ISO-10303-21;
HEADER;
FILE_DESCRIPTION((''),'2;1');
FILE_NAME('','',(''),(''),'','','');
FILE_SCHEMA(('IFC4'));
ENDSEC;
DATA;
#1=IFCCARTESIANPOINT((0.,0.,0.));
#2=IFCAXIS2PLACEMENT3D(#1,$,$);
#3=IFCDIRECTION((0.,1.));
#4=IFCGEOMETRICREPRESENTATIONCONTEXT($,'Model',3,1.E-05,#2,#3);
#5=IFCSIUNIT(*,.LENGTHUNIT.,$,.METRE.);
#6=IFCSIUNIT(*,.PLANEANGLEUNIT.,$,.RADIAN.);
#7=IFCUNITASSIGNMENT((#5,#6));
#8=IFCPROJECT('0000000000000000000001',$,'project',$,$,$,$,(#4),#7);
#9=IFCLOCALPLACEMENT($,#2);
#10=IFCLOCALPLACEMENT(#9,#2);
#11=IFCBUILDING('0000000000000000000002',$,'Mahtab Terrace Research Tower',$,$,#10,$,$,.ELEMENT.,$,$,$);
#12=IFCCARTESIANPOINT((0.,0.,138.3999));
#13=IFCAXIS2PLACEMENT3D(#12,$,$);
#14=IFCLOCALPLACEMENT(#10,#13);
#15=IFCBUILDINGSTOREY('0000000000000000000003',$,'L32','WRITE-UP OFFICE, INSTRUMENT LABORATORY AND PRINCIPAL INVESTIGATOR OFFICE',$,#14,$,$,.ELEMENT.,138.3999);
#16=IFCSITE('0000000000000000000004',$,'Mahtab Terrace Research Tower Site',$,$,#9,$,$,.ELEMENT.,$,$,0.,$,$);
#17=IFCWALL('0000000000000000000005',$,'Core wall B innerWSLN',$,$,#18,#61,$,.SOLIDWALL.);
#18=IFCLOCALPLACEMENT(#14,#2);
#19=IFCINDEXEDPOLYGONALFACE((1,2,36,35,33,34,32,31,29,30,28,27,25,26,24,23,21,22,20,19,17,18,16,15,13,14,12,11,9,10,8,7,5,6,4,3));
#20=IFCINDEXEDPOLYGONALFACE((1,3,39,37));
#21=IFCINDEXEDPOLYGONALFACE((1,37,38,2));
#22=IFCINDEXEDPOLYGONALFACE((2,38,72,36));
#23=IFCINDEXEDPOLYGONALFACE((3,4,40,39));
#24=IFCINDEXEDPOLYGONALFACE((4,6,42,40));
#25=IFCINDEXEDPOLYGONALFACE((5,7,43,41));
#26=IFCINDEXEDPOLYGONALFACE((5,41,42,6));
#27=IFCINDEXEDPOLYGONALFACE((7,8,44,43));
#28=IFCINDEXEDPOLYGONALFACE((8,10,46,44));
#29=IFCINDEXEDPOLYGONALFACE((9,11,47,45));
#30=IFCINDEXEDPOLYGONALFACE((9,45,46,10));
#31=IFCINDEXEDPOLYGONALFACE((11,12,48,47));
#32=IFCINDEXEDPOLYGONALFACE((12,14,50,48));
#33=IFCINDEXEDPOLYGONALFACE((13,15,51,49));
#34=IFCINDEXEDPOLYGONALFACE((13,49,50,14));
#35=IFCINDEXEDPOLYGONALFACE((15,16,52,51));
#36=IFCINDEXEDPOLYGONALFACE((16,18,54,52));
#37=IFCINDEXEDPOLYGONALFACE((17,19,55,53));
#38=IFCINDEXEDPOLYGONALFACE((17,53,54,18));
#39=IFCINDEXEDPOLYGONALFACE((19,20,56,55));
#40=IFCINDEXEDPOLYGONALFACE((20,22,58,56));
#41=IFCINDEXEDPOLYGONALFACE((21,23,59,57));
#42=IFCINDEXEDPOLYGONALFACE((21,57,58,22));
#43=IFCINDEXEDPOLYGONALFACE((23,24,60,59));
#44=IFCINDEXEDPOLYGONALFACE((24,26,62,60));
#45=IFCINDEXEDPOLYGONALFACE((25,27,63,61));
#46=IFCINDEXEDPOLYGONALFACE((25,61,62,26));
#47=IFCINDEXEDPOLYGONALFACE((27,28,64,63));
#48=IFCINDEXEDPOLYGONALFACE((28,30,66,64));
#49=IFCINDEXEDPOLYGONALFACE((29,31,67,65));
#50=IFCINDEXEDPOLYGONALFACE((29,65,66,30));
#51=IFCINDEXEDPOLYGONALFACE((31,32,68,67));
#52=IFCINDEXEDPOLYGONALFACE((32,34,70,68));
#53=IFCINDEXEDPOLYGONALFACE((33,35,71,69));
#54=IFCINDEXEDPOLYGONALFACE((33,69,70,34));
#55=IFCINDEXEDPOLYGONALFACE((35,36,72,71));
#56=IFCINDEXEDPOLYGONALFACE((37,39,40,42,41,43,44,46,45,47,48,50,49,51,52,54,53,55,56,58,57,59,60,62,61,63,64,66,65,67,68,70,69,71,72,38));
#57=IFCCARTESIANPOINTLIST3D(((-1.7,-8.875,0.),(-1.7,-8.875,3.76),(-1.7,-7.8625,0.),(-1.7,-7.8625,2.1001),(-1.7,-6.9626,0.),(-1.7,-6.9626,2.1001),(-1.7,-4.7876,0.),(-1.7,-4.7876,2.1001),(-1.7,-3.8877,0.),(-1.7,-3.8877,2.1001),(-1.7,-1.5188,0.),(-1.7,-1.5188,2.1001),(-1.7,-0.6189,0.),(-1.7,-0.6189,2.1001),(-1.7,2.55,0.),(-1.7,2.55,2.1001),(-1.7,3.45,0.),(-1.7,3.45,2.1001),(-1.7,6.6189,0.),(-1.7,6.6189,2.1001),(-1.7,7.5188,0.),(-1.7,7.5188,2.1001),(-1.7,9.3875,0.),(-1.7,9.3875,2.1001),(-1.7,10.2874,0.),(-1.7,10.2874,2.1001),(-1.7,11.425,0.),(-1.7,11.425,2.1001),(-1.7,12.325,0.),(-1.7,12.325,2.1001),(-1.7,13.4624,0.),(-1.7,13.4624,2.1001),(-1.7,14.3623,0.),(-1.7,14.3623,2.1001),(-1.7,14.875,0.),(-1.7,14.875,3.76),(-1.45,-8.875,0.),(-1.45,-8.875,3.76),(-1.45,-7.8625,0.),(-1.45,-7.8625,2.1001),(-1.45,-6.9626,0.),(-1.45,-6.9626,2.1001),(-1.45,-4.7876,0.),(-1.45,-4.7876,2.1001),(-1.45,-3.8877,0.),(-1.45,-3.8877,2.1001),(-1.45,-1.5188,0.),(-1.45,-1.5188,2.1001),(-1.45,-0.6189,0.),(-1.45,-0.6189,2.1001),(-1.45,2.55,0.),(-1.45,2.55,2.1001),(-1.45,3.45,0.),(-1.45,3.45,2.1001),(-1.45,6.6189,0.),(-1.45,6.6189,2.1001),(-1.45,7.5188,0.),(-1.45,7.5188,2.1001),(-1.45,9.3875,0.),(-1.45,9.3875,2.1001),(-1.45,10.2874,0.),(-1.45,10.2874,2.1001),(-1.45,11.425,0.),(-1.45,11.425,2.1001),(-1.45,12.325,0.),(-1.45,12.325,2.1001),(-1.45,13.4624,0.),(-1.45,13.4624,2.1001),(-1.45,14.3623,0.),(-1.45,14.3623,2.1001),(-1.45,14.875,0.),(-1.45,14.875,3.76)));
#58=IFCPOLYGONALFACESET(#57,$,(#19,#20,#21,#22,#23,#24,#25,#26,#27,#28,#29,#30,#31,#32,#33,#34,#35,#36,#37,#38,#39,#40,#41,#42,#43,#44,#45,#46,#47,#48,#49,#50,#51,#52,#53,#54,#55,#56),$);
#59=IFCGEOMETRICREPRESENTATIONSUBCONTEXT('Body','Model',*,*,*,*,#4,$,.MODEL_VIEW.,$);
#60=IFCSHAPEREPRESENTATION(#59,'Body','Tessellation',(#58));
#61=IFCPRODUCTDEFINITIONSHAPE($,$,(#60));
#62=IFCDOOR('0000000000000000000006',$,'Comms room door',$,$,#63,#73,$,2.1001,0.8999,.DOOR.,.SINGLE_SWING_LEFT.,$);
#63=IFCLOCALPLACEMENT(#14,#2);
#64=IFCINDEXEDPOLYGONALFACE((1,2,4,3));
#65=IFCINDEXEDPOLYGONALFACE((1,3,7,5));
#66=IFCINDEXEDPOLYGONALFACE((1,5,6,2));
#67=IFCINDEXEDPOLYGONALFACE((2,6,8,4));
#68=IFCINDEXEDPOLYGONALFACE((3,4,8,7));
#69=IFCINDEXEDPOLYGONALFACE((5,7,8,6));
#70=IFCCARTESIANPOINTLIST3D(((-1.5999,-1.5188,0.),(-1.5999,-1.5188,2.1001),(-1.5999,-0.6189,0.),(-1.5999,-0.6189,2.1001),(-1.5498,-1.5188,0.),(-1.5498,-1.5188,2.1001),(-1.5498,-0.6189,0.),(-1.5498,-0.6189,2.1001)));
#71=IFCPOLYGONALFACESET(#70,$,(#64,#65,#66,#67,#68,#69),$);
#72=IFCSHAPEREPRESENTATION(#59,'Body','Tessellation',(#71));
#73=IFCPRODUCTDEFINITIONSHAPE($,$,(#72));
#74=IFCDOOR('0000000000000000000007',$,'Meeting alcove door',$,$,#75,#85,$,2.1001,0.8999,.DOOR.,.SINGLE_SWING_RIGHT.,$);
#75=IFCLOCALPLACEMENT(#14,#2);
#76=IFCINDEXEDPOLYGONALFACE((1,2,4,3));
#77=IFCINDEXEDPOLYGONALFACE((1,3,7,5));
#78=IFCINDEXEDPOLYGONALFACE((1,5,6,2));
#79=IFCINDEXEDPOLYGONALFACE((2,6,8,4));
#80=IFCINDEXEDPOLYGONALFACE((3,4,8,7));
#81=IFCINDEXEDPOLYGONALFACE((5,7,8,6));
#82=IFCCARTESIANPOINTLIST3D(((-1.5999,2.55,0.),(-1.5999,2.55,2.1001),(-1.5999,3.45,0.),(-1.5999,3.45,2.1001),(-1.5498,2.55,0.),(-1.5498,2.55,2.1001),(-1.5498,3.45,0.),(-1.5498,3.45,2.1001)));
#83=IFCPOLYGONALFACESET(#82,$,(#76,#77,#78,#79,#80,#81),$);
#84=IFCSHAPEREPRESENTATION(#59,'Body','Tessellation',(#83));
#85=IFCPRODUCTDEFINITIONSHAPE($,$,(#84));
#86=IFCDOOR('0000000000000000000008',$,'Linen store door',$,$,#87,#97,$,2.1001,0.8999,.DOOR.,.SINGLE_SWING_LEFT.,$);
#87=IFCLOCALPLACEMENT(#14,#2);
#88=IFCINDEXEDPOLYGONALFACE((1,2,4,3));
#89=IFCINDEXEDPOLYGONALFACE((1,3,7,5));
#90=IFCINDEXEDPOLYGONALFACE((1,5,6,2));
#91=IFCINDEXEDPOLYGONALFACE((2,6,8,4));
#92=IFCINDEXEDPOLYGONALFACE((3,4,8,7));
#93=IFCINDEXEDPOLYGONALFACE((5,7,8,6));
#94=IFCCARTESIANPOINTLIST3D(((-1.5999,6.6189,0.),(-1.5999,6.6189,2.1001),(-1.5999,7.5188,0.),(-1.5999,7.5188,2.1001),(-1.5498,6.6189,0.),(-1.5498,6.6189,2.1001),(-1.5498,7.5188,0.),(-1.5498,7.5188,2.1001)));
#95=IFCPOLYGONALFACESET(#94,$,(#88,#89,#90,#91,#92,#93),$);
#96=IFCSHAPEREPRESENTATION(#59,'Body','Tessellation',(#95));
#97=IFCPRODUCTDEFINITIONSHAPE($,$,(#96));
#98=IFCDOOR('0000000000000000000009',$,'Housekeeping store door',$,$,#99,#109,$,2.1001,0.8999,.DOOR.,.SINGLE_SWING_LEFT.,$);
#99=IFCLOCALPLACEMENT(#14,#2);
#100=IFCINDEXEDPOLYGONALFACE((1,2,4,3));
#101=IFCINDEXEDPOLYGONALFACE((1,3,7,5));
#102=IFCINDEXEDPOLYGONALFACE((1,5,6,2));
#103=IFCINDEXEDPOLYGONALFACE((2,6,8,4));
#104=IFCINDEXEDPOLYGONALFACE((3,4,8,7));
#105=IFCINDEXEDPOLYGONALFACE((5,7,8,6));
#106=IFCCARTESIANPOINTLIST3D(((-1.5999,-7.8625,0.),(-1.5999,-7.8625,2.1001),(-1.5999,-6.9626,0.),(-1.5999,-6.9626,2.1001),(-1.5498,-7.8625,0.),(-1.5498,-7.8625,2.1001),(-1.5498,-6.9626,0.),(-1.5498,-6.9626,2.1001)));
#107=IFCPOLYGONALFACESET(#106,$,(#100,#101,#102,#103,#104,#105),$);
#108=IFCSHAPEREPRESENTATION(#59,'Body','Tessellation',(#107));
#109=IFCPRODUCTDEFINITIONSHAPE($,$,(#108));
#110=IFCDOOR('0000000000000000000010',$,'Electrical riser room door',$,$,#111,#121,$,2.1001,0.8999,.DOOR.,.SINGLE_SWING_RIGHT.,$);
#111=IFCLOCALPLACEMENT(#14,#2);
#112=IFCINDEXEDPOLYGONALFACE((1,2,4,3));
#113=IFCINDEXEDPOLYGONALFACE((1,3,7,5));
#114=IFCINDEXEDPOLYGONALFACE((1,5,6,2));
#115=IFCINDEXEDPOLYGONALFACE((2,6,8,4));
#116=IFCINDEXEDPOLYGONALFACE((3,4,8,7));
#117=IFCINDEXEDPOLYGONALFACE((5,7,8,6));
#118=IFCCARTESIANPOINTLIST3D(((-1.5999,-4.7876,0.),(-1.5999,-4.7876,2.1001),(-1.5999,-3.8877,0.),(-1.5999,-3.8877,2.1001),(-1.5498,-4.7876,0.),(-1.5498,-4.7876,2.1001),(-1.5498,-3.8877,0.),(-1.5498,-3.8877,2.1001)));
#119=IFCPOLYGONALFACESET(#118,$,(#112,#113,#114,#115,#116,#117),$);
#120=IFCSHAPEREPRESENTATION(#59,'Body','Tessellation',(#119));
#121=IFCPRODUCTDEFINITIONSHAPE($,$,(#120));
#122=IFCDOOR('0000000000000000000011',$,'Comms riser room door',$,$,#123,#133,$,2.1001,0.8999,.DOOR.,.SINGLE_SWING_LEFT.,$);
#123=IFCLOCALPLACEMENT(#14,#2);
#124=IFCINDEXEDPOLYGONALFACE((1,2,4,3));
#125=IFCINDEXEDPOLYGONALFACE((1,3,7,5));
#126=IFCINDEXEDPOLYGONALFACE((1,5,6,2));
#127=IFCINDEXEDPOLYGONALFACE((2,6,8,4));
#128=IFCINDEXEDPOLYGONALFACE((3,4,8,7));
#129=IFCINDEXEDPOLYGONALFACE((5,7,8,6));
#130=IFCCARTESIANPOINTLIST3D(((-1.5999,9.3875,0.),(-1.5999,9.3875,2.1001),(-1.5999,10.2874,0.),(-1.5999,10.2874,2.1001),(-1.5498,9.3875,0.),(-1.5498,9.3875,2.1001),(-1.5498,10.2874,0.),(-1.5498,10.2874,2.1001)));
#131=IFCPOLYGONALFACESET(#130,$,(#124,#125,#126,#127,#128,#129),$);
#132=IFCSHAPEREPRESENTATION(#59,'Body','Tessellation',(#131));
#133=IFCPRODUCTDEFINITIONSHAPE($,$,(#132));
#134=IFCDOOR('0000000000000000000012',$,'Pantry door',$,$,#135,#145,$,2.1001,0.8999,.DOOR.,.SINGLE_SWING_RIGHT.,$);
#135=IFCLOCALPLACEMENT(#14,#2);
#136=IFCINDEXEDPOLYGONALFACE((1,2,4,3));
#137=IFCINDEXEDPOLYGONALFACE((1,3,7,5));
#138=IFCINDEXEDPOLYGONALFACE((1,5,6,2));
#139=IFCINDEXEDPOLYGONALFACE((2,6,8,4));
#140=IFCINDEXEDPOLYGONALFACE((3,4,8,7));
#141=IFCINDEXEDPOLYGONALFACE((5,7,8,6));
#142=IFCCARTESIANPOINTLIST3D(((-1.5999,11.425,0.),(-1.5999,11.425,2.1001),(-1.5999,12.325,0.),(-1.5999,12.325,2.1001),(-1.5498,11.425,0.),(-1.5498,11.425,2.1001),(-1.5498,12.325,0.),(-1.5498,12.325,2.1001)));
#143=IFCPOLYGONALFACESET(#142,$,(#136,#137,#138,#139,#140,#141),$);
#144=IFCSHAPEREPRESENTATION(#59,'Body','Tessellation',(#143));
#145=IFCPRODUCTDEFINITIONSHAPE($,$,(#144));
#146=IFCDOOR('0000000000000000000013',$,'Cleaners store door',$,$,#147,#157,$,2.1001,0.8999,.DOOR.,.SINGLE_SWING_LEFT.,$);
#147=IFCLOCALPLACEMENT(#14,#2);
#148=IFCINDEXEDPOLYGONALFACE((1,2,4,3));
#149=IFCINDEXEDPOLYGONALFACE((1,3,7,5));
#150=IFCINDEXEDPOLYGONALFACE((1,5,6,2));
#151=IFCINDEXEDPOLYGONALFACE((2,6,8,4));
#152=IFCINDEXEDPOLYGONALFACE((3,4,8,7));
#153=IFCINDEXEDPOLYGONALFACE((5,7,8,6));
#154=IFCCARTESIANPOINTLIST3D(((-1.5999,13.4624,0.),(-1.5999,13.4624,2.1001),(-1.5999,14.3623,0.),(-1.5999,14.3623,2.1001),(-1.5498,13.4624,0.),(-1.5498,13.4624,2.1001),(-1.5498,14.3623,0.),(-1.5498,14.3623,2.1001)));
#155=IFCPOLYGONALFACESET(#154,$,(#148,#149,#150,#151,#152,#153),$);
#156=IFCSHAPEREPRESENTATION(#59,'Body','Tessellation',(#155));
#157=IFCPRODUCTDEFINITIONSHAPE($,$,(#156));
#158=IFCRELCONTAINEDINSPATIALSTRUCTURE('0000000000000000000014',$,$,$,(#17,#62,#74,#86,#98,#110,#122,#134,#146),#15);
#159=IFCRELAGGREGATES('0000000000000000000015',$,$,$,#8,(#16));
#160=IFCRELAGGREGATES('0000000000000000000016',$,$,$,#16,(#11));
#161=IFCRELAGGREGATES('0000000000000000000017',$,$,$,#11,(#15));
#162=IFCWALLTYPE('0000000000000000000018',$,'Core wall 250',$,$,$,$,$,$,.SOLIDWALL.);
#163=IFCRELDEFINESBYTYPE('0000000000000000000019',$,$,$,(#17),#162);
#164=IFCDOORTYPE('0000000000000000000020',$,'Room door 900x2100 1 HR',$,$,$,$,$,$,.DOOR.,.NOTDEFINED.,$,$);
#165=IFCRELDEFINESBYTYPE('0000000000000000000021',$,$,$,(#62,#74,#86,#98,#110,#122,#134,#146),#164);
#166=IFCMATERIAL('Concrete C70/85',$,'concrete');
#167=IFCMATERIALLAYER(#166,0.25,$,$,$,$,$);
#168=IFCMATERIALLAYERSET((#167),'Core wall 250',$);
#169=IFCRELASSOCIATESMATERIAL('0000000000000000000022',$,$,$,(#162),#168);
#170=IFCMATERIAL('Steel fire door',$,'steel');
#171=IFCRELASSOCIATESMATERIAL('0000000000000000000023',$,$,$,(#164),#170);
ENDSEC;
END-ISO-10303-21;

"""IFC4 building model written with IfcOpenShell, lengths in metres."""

from ifc_helpers import new_model, si_unit, direction, frame, frame_2d, origin, place, context, subcontext, project, spatial, rectangle, extrude, material, layer, layer_set, type_object, element, fill, save


model = new_model("IFC4")

# Units and contexts
model_context = context("Model", 3, precision=1e-05, world=origin(), true_north=direction((0.0, 1.0)))
body_context = subcontext(model_context, "Body", "Model", "MODEL_VIEW")
ifc_project = project(units=[si_unit("LENGTHUNIT", "METRE"), si_unit("PLANEANGLEUNIT", "RADIAN")], contexts=[model_context])

# Site, building, storey
site_placement = place(None, origin())
site = spatial("IfcSite", under=ifc_project, at=site_placement, Name="Mahtab Terrace Research Tower Site", CompositionType="ELEMENT", RefElevation=0.0)
building_placement = place(site_placement, origin())
building = spatial("IfcBuilding", under=site, at=building_placement, Name="Mahtab Terrace Research Tower", CompositionType="ELEMENT")
storey_placement = place(building_placement, frame((0.0, 0.0, 138.3999)))
storey = spatial("IfcBuildingStorey", under=building, at=storey_placement, Name="L32", Description="WRITE-UP OFFICE, INSTRUMENT LABORATORY AND PRINCIPAL INVESTIGATOR OFFICE", CompositionType="ELEMENT", Elevation=138.3999)

# Shared definitions
ifc_material_1 = material(Name="Concrete C70/85", Category="concrete")

# Wall, openings, doors
ifc_layer_1 = layer(ifc_material_1, 0.25)
ifc_layer_set_1 = layer_set([ifc_layer_1], Name="Core wall 250")
wall_type_1 = type_object("IfcWallType", Name="Core wall 250", PredefinedType="SOLIDWALL", material=ifc_layer_set_1)
wall_1_placement = place(storey_placement, frame((-1.575, -8.875, 0.0), z_axis=(0.0, 0.0, 1.0), x_axis=(0.0, 1.0, 0.0)))
wall_1 = element("IfcWall", 1, at=wall_1_placement, inside=storey, type_object=wall_type_1, Name="Core wall B innerWSLN", PredefinedType="SOLIDWALL", context=body_context, shape_type="SweptSolid", body=[
    extrude(rectangle(XDim=23.75, YDim=0.25, at=frame_2d((11.875, 0.0))), origin(), (0.0, 0.0, 1.0), 3.76),
])
opening_1_placement = place(wall_1_placement, frame((7.3562, 0.0, 0.0)))
opening_1 = element("IfcOpeningElement", 2, at=opening_1_placement, cuts=wall_1, PredefinedType="OPENING", context=body_context, shape_type="SweptSolid", body=[
    extrude(rectangle(XDim=0.8999, YDim=2.1001, at=frame_2d((0.45, 1.05))), frame((0.0, 0.135, 0.0), z_axis=(0.0, -1.0, 0.0), x_axis=(1.0, 0.0, 0.0)), (0.0, 0.0, 1.0), 0.27),
])
opening_2_placement = place(wall_1_placement, frame((11.425, 0.0, 0.0)))
opening_2 = element("IfcOpeningElement", 3, at=opening_2_placement, cuts=wall_1, PredefinedType="OPENING", context=body_context, shape_type="SweptSolid", body=[
    extrude(rectangle(XDim=0.8999, YDim=2.1001, at=frame_2d((0.45, 1.05))), frame((0.0, 0.135, 0.0), z_axis=(0.0, -1.0, 0.0), x_axis=(1.0, 0.0, 0.0)), (0.0, 0.0, 1.0), 0.27),
])
opening_3_placement = place(wall_1_placement, frame((15.4939, 0.0, 0.0)))
opening_3 = element("IfcOpeningElement", 4, at=opening_3_placement, cuts=wall_1, PredefinedType="OPENING", context=body_context, shape_type="SweptSolid", body=[
    extrude(rectangle(XDim=0.8999, YDim=2.1001, at=frame_2d((0.45, 1.05))), frame((0.0, 0.135, 0.0), z_axis=(0.0, -1.0, 0.0), x_axis=(1.0, 0.0, 0.0)), (0.0, 0.0, 1.0), 0.27),
])
opening_4_placement = place(wall_1_placement, frame((1.0125, 0.0, 0.0)))
opening_4 = element("IfcOpeningElement", 5, at=opening_4_placement, cuts=wall_1, PredefinedType="OPENING", context=body_context, shape_type="SweptSolid", body=[
    extrude(rectangle(XDim=0.8999, YDim=2.1001, at=frame_2d((0.45, 1.05))), frame((0.0, 0.135, 0.0), z_axis=(0.0, -1.0, 0.0), x_axis=(1.0, 0.0, 0.0)), (0.0, 0.0, 1.0), 0.27),
])
opening_5_placement = place(wall_1_placement, frame((4.0874, 0.0, 0.0)))
opening_5 = element("IfcOpeningElement", 6, at=opening_5_placement, cuts=wall_1, PredefinedType="OPENING", context=body_context, shape_type="SweptSolid", body=[
    extrude(rectangle(XDim=0.8999, YDim=2.1001, at=frame_2d((0.45, 1.05))), frame((0.0, 0.135, 0.0), z_axis=(0.0, -1.0, 0.0), x_axis=(1.0, 0.0, 0.0)), (0.0, 0.0, 1.0), 0.27),
])
opening_6_placement = place(wall_1_placement, frame((18.2625, 0.0, 0.0)))
opening_6 = element("IfcOpeningElement", 7, at=opening_6_placement, cuts=wall_1, PredefinedType="OPENING", context=body_context, shape_type="SweptSolid", body=[
    extrude(rectangle(XDim=0.8999, YDim=2.1001, at=frame_2d((0.45, 1.05))), frame((0.0, 0.135, 0.0), z_axis=(0.0, -1.0, 0.0), x_axis=(1.0, 0.0, 0.0)), (0.0, 0.0, 1.0), 0.27),
])
opening_7_placement = place(wall_1_placement, frame((20.3, 0.0, 0.0)))
opening_7 = element("IfcOpeningElement", 8, at=opening_7_placement, cuts=wall_1, PredefinedType="OPENING", context=body_context, shape_type="SweptSolid", body=[
    extrude(rectangle(XDim=0.8999, YDim=2.1001, at=frame_2d((0.45, 1.05))), frame((0.0, 0.135, 0.0), z_axis=(0.0, -1.0, 0.0), x_axis=(1.0, 0.0, 0.0)), (0.0, 0.0, 1.0), 0.27),
])
opening_8_placement = place(wall_1_placement, frame((22.3374, 0.0, 0.0)))
opening_8 = element("IfcOpeningElement", 9, at=opening_8_placement, cuts=wall_1, PredefinedType="OPENING", context=body_context, shape_type="SweptSolid", body=[
    extrude(rectangle(XDim=0.8999, YDim=2.1001, at=frame_2d((0.45, 1.05))), frame((0.0, 0.135, 0.0), z_axis=(0.0, -1.0, 0.0), x_axis=(1.0, 0.0, 0.0)), (0.0, 0.0, 1.0), 0.27),
])
ifc_material_2 = material(Name="Steel fire door", Category="steel")
door_type_1 = type_object("IfcDoorType", Name="Room door 900x2100 1 HR", OperationType="NOTDEFINED", PredefinedType="DOOR", material=ifc_material_2)
door_1_placement = place(opening_1_placement, origin())
door_1 = element("IfcDoor", 10, at=door_1_placement, inside=storey, type_object=door_type_1, Name="Comms room door", OperationType="SINGLE_SWING_LEFT", OverallHeight=2.1001, OverallWidth=0.8999, PredefinedType="DOOR", context=body_context, shape_type="SweptSolid", body=[
    extrude(rectangle(XDim=0.8999, YDim=2.1001, at=frame_2d((0.45, 1.05))), frame((0.0, 0.0249, 0.0), z_axis=(0.0, -1.0, 0.0), x_axis=(1.0, 0.0, 0.0)), (0.0, 0.0, 1.0), 0.05),
])
fill(opening_1, door_1)
door_2_placement = place(opening_2_placement, origin())
door_2 = element("IfcDoor", 11, at=door_2_placement, inside=storey, type_object=door_type_1, Name="Meeting alcove door", OperationType="SINGLE_SWING_RIGHT", OverallHeight=2.1001, OverallWidth=0.8999, PredefinedType="DOOR", context=body_context, shape_type="SweptSolid", body=[
    extrude(rectangle(XDim=0.8999, YDim=2.1001, at=frame_2d((0.45, 1.05))), frame((0.0, 0.0249, 0.0), z_axis=(0.0, -1.0, 0.0), x_axis=(1.0, 0.0, 0.0)), (0.0, 0.0, 1.0), 0.05),
])
fill(opening_2, door_2)
door_3_placement = place(opening_3_placement, origin())
door_3 = element("IfcDoor", 12, at=door_3_placement, inside=storey, type_object=door_type_1, Name="Linen store door", OperationType="SINGLE_SWING_LEFT", OverallHeight=2.1001, OverallWidth=0.8999, PredefinedType="DOOR", context=body_context, shape_type="SweptSolid", body=[
    extrude(rectangle(XDim=0.8999, YDim=2.1001, at=frame_2d((0.45, 1.05))), frame((0.0, 0.0249, 0.0), z_axis=(0.0, -1.0, 0.0), x_axis=(1.0, 0.0, 0.0)), (0.0, 0.0, 1.0), 0.05),
])
fill(opening_3, door_3)
door_4_placement = place(opening_4_placement, origin())
door_4 = element("IfcDoor", 13, at=door_4_placement, inside=storey, type_object=door_type_1, Name="Housekeeping store door", OperationType="SINGLE_SWING_LEFT", OverallHeight=2.1001, OverallWidth=0.8999, PredefinedType="DOOR", context=body_context, shape_type="SweptSolid", body=[
    extrude(rectangle(XDim=0.8999, YDim=2.1001, at=frame_2d((0.45, 1.05))), frame((0.0, 0.0249, 0.0), z_axis=(0.0, -1.0, 0.0), x_axis=(1.0, 0.0, 0.0)), (0.0, 0.0, 1.0), 0.05),
])
fill(opening_4, door_4)
door_5_placement = place(opening_5_placement, origin())
door_5 = element("IfcDoor", 14, at=door_5_placement, inside=storey, type_object=door_type_1, Name="Electrical riser room door", OperationType="SINGLE_SWING_RIGHT", OverallHeight=2.1001, OverallWidth=0.8999, PredefinedType="DOOR", context=body_context, shape_type="SweptSolid", body=[
    extrude(rectangle(XDim=0.8999, YDim=2.1001, at=frame_2d((0.45, 1.05))), frame((0.0, 0.0249, 0.0), z_axis=(0.0, -1.0, 0.0), x_axis=(1.0, 0.0, 0.0)), (0.0, 0.0, 1.0), 0.05),
])
fill(opening_5, door_5)
door_6_placement = place(opening_6_placement, origin())
door_6 = element("IfcDoor", 15, at=door_6_placement, inside=storey, type_object=door_type_1, Name="Comms riser room door", OperationType="SINGLE_SWING_LEFT", OverallHeight=2.1001, OverallWidth=0.8999, PredefinedType="DOOR", context=body_context, shape_type="SweptSolid", body=[
    extrude(rectangle(XDim=0.8999, YDim=2.1001, at=frame_2d((0.45, 1.05))), frame((0.0, 0.0249, 0.0), z_axis=(0.0, -1.0, 0.0), x_axis=(1.0, 0.0, 0.0)), (0.0, 0.0, 1.0), 0.05),
])
fill(opening_6, door_6)
door_7_placement = place(opening_7_placement, origin())
door_7 = element("IfcDoor", 16, at=door_7_placement, inside=storey, type_object=door_type_1, Name="Pantry door", OperationType="SINGLE_SWING_RIGHT", OverallHeight=2.1001, OverallWidth=0.8999, PredefinedType="DOOR", context=body_context, shape_type="SweptSolid", body=[
    extrude(rectangle(XDim=0.8999, YDim=2.1001, at=frame_2d((0.45, 1.05))), frame((0.0, 0.0249, 0.0), z_axis=(0.0, -1.0, 0.0), x_axis=(1.0, 0.0, 0.0)), (0.0, 0.0, 1.0), 0.05),
])
fill(opening_7, door_7)
door_8_placement = place(opening_8_placement, origin())
door_8 = element("IfcDoor", 17, at=door_8_placement, inside=storey, type_object=door_type_1, Name="Cleaners store door", OperationType="SINGLE_SWING_LEFT", OverallHeight=2.1001, OverallWidth=0.8999, PredefinedType="DOOR", context=body_context, shape_type="SweptSolid", body=[
    extrude(rectangle(XDim=0.8999, YDim=2.1001, at=frame_2d((0.45, 1.05))), frame((0.0, 0.0249, 0.0), z_axis=(0.0, -1.0, 0.0), x_axis=(1.0, 0.0, 0.0)), (0.0, 0.0, 1.0), 0.05),
])
fill(opening_8, door_8)

save(model, "model.ifc")
